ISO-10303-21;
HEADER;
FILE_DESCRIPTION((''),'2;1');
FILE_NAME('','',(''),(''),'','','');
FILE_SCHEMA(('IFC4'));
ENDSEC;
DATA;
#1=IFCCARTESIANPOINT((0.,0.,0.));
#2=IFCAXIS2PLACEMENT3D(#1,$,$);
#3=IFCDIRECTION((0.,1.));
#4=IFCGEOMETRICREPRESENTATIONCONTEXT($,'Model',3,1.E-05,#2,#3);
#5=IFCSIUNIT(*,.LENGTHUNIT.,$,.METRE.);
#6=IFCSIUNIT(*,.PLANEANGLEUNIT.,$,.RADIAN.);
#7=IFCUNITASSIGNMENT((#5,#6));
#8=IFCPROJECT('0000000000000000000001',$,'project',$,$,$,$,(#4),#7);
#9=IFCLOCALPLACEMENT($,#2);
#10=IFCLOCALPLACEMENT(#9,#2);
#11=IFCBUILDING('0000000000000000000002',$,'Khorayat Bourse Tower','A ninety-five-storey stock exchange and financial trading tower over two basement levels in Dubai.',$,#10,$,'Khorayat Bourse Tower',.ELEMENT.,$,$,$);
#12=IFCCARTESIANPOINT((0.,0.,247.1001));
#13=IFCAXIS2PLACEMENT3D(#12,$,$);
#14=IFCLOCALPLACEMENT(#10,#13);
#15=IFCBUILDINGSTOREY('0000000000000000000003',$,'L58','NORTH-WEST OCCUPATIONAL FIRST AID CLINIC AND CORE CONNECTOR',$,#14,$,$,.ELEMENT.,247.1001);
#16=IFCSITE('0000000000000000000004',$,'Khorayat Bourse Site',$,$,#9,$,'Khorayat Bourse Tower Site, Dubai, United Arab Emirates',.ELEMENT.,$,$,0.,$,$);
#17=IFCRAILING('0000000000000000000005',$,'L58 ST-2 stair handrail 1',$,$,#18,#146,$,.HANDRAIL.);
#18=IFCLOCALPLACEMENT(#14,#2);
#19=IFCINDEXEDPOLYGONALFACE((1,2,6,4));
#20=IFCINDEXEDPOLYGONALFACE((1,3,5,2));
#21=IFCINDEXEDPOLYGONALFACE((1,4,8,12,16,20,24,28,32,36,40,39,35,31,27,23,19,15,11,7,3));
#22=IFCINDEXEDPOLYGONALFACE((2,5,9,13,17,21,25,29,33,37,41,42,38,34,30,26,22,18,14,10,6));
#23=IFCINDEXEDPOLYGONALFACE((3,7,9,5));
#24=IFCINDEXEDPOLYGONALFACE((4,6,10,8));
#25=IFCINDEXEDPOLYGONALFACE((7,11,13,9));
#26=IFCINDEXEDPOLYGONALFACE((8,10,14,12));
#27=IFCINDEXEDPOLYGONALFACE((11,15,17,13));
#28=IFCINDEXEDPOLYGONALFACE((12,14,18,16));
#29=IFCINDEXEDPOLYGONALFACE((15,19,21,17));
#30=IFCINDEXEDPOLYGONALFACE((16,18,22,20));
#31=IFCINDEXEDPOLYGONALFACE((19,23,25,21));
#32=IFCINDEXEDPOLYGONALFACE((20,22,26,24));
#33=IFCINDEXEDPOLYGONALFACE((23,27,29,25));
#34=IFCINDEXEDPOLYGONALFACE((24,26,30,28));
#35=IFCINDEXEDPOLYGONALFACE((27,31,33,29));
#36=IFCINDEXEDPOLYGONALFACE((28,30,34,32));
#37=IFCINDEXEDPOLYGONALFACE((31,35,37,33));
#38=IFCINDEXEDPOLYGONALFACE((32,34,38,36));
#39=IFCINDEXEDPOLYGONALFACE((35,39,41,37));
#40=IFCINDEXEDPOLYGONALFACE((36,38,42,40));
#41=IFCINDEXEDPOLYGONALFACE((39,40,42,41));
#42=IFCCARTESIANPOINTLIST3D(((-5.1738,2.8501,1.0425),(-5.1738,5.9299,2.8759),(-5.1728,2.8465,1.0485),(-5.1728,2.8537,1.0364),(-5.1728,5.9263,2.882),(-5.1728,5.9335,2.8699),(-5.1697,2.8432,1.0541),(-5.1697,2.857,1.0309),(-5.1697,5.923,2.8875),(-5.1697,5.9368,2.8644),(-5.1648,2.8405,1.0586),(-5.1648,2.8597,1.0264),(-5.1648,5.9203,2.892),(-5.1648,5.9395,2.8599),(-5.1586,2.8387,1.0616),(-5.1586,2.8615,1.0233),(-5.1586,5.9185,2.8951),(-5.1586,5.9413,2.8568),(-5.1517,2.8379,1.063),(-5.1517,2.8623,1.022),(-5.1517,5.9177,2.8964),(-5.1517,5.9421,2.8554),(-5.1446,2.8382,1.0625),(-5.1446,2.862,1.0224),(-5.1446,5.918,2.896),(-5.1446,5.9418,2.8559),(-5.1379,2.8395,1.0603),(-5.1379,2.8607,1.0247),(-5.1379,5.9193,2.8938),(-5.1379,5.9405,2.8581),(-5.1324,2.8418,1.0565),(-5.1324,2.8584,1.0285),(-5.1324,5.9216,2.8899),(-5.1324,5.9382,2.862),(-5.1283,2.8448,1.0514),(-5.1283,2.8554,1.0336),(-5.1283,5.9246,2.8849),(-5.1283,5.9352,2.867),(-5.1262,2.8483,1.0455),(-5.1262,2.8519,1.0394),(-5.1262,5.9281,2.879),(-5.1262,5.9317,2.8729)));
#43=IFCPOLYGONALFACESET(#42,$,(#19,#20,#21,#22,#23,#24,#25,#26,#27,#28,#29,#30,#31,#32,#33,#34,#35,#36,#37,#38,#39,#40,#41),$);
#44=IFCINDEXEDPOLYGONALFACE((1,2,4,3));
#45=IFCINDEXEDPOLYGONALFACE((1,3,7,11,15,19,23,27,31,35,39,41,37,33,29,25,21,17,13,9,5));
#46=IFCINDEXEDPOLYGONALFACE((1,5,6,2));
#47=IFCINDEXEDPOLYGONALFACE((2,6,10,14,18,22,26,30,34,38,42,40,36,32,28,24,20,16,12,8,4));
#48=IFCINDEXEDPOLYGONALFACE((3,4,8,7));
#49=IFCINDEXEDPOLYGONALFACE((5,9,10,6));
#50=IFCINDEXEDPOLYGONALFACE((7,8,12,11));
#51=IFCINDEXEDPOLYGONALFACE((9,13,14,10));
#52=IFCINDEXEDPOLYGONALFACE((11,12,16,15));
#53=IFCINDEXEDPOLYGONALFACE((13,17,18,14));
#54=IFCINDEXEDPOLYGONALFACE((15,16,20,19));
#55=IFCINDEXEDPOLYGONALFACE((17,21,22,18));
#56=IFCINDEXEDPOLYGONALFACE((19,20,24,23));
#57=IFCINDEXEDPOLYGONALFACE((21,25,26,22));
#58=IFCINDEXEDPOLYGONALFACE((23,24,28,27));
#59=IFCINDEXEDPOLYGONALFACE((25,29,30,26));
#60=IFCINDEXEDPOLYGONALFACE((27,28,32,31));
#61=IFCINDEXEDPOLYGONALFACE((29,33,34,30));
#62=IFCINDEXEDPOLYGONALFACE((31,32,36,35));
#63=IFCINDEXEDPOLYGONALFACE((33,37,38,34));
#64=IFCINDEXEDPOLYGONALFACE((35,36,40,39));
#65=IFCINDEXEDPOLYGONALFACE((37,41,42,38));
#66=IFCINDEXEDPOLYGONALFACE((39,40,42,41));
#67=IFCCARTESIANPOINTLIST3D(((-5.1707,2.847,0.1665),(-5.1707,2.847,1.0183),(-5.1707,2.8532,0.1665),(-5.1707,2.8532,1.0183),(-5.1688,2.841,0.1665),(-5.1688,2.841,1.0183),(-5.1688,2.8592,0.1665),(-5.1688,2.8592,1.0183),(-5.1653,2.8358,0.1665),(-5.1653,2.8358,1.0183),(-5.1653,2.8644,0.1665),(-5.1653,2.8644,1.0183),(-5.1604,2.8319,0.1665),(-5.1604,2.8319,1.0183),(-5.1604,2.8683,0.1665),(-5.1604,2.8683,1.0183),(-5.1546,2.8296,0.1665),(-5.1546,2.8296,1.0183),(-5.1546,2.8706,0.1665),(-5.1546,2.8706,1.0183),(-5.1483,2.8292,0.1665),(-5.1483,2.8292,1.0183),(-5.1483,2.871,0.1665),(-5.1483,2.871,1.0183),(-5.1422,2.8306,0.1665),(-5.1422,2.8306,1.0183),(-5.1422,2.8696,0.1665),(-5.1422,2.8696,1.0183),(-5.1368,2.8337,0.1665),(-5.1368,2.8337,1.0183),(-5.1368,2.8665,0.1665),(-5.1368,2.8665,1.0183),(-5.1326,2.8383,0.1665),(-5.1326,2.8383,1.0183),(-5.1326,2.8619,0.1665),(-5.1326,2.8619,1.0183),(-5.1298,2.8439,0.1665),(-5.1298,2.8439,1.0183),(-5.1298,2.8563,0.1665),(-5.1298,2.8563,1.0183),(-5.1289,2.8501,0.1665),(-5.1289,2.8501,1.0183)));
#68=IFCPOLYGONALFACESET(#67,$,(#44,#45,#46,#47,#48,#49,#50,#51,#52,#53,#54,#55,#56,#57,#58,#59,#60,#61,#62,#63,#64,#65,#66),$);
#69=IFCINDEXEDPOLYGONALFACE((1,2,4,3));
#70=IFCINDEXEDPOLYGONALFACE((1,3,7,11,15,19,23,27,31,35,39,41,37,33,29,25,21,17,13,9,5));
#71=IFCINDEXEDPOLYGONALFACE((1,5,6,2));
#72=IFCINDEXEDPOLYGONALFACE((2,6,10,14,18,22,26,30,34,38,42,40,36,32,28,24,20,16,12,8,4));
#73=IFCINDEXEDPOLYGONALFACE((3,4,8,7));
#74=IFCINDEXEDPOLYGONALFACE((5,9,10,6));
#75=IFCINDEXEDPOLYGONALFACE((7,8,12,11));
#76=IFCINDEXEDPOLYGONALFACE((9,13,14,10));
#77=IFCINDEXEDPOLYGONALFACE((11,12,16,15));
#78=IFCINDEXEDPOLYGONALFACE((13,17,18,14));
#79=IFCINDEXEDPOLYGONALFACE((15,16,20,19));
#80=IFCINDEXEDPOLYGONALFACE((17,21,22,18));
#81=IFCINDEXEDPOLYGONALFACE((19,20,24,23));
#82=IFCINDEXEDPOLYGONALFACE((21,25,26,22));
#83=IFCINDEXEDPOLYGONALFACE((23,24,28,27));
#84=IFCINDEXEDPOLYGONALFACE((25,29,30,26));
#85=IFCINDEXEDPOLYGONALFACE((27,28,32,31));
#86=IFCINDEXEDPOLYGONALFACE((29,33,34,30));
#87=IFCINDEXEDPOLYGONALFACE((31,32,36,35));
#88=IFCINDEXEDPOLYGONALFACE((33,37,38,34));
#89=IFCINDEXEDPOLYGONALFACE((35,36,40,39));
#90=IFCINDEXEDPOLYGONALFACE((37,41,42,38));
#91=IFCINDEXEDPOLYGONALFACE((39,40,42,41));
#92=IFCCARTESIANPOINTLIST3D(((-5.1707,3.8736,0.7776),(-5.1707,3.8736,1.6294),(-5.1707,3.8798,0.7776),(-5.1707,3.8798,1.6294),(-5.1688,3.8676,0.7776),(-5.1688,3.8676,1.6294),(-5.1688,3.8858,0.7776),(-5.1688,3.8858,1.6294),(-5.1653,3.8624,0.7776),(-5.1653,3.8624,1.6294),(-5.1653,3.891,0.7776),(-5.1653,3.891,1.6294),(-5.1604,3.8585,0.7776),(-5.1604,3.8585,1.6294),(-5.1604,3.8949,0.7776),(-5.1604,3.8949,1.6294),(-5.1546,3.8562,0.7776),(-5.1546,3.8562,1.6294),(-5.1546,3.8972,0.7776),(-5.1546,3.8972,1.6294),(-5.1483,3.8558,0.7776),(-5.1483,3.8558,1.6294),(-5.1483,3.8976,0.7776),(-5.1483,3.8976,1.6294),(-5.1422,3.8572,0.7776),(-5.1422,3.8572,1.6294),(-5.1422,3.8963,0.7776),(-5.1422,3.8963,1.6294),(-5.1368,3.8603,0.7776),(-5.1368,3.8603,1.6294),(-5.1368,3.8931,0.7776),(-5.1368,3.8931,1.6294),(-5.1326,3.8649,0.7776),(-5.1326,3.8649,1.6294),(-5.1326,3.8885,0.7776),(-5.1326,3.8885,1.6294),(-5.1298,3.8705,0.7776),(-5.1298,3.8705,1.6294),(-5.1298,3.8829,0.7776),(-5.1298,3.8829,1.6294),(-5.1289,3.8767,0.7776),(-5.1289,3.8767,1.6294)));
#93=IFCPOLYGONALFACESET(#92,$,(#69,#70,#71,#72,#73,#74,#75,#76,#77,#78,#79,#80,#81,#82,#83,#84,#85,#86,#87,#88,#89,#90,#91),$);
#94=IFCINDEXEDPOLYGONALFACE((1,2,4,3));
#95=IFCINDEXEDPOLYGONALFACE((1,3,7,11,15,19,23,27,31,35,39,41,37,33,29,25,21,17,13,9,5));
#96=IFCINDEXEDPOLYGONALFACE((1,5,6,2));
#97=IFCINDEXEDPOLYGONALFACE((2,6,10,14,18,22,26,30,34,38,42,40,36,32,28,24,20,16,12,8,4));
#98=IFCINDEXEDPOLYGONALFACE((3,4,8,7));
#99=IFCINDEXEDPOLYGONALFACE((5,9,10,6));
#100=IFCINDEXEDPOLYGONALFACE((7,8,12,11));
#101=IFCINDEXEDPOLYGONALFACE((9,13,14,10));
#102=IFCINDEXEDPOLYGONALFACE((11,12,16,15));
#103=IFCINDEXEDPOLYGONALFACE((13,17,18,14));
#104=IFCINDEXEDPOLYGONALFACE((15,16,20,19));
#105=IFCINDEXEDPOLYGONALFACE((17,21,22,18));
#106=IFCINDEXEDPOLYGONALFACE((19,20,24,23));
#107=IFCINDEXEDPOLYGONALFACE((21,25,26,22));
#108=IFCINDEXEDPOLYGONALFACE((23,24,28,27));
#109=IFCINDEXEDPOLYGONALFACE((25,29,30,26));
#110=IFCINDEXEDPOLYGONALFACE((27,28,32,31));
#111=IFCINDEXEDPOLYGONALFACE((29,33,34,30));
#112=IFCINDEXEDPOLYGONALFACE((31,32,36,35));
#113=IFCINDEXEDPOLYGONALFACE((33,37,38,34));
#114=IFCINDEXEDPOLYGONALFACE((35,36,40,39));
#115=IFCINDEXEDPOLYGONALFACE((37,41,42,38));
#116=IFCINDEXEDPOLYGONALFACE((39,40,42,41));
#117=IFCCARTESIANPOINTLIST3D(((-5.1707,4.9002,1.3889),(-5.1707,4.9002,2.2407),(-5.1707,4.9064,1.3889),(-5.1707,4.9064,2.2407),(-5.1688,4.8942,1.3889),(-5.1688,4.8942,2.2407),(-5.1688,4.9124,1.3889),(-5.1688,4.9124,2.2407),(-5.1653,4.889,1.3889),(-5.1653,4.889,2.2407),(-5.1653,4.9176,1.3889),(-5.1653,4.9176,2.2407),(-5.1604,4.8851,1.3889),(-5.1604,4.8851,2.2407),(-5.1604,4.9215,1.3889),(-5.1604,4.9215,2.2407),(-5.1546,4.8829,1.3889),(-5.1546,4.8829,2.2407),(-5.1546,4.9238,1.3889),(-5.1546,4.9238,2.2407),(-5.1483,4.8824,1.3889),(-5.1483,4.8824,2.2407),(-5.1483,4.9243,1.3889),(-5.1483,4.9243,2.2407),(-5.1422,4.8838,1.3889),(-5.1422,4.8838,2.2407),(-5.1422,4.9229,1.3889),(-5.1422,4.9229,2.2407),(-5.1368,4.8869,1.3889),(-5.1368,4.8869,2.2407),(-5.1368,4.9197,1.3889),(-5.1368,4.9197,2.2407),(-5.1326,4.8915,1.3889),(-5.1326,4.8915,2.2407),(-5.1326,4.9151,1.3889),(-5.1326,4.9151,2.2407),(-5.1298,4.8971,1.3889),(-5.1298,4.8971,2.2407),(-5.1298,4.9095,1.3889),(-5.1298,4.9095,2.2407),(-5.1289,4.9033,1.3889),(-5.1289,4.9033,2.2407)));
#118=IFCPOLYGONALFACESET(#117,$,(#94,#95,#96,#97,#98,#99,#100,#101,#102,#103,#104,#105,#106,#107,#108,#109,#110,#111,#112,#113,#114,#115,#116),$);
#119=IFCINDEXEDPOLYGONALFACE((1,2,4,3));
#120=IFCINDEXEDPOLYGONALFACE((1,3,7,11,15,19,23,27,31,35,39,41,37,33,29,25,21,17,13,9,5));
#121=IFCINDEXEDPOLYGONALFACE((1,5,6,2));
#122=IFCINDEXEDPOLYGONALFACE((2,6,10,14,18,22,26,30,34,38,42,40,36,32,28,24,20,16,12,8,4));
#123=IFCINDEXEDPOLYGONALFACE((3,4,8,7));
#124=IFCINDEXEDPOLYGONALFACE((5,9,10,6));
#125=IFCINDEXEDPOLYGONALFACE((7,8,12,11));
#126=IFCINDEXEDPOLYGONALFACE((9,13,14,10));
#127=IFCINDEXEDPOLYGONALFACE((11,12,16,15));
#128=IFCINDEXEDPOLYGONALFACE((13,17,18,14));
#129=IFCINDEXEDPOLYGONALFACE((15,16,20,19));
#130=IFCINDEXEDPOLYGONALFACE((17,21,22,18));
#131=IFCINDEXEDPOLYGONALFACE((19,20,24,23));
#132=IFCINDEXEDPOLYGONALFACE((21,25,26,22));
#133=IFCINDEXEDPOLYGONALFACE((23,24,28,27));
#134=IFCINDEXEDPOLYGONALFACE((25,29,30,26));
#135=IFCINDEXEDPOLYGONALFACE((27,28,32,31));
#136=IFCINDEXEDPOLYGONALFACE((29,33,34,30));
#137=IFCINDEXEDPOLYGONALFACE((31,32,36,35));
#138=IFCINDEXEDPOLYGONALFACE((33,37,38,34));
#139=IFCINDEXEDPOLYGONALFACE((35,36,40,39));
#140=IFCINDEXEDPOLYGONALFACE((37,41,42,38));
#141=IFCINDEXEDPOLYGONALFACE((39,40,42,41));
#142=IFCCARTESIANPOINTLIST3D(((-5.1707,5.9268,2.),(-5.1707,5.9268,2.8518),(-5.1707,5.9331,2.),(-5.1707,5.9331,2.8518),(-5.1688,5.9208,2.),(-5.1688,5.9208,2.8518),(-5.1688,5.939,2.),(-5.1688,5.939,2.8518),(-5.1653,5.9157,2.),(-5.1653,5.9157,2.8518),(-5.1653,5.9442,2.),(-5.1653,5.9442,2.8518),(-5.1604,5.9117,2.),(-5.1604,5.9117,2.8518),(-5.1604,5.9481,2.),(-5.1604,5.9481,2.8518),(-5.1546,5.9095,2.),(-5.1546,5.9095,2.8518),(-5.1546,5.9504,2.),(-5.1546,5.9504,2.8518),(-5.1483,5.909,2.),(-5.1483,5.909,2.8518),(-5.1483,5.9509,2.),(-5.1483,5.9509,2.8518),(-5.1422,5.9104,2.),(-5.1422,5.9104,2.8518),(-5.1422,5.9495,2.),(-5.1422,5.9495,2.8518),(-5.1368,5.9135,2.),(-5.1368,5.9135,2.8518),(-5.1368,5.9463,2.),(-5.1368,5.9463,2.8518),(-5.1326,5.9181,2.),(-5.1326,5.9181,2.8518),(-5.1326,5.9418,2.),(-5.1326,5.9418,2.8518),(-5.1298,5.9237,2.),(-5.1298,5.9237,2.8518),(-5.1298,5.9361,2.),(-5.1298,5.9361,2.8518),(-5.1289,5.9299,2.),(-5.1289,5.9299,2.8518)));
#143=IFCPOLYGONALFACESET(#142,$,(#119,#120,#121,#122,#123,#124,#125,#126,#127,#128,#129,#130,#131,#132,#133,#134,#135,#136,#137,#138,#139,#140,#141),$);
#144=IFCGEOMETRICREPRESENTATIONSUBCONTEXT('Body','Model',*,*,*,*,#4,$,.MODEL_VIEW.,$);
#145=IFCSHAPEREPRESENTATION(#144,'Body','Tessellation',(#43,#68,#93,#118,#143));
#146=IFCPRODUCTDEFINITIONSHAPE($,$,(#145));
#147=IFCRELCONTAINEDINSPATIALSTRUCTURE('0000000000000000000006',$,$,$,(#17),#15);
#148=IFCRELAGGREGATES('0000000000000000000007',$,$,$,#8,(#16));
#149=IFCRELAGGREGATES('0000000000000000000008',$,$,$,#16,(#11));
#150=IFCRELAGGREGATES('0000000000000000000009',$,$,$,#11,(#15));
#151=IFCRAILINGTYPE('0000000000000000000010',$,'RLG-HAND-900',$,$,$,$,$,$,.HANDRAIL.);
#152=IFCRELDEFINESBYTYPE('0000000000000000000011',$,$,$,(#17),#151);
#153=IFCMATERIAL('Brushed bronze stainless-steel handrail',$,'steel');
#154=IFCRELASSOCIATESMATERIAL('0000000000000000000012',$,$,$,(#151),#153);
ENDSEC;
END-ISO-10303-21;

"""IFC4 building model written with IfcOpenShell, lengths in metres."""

from ifc_helpers import new_model, si_unit, direction, frame, origin, origin_2d, place, context, subcontext, project, spatial, circle, extrude, source, transform, mapped, material, type_object, element, save


model = new_model("IFC4")

# Units and contexts
model_context = context("Model", 3, precision=1e-05, world=origin(), true_north=direction((0.0, 1.0)))
body_context = subcontext(model_context, "Body", "Model", "MODEL_VIEW")
ifc_project = project(units=[si_unit("LENGTHUNIT", "METRE"), si_unit("PLANEANGLEUNIT", "RADIAN")], contexts=[model_context])

# Site, building, storey
site_placement = place(None, origin())
site = spatial("IfcSite", under=ifc_project, at=site_placement, Name="Khorayat Bourse Site", LongName="Khorayat Bourse Tower Site, Dubai, United Arab Emirates", CompositionType="ELEMENT", RefElevation=0.0)
building_placement = place(site_placement, origin())
building = spatial("IfcBuilding", under=site, at=building_placement, Name="Khorayat Bourse Tower", Description="A ninety-five-storey stock exchange and financial trading tower over two basement levels in Dubai.", LongName="Khorayat Bourse Tower", CompositionType="ELEMENT")
storey_placement = place(building_placement, frame((0.0, 0.0, 247.1001)))
storey = spatial("IfcBuildingStorey", under=building, at=storey_placement, Name="L58", Description="NORTH-WEST OCCUPATIONAL FIRST AID CLINIC AND CORE CONNECTOR", CompositionType="ELEMENT", Elevation=247.1001)

# Railing
ifc_material_1 = material(Name="Brushed bronze stainless-steel handrail", Category="steel")
railing_type_1 = type_object("IfcRailingType", Name="RLG-HAND-900", PredefinedType="HANDRAIL", material=ifc_material_1)
shared_shape_1 = source(origin(), body_context, "Body", "SweptSolid", [
    extrude(circle(Radius=0.0239, at=origin_2d()), frame((0.0, 0.0, 0.876), z_axis=(0.0, 0.859261, 0.511538), x_axis=(-1.0, 0.0, 0.0)), (0.0, 0.0, 1.0), 3.5842),
    extrude(circle(Radius=0.021, at=origin_2d()), origin(), (0.0, 0.0, 1.0), 0.8518),
    extrude(circle(Radius=0.021, at=origin_2d()), frame((0.0, 1.0266, 0.6111)), (0.0, 0.0, 1.0), 0.8518),
    extrude(circle(Radius=0.021, at=origin_2d()), frame((0.0, 2.0532, 1.2224)), (0.0, 0.0, 1.0), 0.8518),
    extrude(circle(Radius=0.021, at=origin_2d()), frame((0.0, 3.0798, 1.8335)), (0.0, 0.0, 1.0), 0.8518),
])
railing_1_placement = place(storey_placement, frame((-5.1499, 2.8501, 0.1665)))
element("IfcRailing", 1, at=railing_1_placement, inside=storey, type_object=railing_type_1, Name="L58 ST-2 stair handrail 1", PredefinedType="HANDRAIL", context=body_context, shape_type="MappedRepresentation", body=[
    mapped(shared_shape_1, transform((0.0, 0.0, 0.0), scale=1.0)),
])

save(model, "model.ifc")
